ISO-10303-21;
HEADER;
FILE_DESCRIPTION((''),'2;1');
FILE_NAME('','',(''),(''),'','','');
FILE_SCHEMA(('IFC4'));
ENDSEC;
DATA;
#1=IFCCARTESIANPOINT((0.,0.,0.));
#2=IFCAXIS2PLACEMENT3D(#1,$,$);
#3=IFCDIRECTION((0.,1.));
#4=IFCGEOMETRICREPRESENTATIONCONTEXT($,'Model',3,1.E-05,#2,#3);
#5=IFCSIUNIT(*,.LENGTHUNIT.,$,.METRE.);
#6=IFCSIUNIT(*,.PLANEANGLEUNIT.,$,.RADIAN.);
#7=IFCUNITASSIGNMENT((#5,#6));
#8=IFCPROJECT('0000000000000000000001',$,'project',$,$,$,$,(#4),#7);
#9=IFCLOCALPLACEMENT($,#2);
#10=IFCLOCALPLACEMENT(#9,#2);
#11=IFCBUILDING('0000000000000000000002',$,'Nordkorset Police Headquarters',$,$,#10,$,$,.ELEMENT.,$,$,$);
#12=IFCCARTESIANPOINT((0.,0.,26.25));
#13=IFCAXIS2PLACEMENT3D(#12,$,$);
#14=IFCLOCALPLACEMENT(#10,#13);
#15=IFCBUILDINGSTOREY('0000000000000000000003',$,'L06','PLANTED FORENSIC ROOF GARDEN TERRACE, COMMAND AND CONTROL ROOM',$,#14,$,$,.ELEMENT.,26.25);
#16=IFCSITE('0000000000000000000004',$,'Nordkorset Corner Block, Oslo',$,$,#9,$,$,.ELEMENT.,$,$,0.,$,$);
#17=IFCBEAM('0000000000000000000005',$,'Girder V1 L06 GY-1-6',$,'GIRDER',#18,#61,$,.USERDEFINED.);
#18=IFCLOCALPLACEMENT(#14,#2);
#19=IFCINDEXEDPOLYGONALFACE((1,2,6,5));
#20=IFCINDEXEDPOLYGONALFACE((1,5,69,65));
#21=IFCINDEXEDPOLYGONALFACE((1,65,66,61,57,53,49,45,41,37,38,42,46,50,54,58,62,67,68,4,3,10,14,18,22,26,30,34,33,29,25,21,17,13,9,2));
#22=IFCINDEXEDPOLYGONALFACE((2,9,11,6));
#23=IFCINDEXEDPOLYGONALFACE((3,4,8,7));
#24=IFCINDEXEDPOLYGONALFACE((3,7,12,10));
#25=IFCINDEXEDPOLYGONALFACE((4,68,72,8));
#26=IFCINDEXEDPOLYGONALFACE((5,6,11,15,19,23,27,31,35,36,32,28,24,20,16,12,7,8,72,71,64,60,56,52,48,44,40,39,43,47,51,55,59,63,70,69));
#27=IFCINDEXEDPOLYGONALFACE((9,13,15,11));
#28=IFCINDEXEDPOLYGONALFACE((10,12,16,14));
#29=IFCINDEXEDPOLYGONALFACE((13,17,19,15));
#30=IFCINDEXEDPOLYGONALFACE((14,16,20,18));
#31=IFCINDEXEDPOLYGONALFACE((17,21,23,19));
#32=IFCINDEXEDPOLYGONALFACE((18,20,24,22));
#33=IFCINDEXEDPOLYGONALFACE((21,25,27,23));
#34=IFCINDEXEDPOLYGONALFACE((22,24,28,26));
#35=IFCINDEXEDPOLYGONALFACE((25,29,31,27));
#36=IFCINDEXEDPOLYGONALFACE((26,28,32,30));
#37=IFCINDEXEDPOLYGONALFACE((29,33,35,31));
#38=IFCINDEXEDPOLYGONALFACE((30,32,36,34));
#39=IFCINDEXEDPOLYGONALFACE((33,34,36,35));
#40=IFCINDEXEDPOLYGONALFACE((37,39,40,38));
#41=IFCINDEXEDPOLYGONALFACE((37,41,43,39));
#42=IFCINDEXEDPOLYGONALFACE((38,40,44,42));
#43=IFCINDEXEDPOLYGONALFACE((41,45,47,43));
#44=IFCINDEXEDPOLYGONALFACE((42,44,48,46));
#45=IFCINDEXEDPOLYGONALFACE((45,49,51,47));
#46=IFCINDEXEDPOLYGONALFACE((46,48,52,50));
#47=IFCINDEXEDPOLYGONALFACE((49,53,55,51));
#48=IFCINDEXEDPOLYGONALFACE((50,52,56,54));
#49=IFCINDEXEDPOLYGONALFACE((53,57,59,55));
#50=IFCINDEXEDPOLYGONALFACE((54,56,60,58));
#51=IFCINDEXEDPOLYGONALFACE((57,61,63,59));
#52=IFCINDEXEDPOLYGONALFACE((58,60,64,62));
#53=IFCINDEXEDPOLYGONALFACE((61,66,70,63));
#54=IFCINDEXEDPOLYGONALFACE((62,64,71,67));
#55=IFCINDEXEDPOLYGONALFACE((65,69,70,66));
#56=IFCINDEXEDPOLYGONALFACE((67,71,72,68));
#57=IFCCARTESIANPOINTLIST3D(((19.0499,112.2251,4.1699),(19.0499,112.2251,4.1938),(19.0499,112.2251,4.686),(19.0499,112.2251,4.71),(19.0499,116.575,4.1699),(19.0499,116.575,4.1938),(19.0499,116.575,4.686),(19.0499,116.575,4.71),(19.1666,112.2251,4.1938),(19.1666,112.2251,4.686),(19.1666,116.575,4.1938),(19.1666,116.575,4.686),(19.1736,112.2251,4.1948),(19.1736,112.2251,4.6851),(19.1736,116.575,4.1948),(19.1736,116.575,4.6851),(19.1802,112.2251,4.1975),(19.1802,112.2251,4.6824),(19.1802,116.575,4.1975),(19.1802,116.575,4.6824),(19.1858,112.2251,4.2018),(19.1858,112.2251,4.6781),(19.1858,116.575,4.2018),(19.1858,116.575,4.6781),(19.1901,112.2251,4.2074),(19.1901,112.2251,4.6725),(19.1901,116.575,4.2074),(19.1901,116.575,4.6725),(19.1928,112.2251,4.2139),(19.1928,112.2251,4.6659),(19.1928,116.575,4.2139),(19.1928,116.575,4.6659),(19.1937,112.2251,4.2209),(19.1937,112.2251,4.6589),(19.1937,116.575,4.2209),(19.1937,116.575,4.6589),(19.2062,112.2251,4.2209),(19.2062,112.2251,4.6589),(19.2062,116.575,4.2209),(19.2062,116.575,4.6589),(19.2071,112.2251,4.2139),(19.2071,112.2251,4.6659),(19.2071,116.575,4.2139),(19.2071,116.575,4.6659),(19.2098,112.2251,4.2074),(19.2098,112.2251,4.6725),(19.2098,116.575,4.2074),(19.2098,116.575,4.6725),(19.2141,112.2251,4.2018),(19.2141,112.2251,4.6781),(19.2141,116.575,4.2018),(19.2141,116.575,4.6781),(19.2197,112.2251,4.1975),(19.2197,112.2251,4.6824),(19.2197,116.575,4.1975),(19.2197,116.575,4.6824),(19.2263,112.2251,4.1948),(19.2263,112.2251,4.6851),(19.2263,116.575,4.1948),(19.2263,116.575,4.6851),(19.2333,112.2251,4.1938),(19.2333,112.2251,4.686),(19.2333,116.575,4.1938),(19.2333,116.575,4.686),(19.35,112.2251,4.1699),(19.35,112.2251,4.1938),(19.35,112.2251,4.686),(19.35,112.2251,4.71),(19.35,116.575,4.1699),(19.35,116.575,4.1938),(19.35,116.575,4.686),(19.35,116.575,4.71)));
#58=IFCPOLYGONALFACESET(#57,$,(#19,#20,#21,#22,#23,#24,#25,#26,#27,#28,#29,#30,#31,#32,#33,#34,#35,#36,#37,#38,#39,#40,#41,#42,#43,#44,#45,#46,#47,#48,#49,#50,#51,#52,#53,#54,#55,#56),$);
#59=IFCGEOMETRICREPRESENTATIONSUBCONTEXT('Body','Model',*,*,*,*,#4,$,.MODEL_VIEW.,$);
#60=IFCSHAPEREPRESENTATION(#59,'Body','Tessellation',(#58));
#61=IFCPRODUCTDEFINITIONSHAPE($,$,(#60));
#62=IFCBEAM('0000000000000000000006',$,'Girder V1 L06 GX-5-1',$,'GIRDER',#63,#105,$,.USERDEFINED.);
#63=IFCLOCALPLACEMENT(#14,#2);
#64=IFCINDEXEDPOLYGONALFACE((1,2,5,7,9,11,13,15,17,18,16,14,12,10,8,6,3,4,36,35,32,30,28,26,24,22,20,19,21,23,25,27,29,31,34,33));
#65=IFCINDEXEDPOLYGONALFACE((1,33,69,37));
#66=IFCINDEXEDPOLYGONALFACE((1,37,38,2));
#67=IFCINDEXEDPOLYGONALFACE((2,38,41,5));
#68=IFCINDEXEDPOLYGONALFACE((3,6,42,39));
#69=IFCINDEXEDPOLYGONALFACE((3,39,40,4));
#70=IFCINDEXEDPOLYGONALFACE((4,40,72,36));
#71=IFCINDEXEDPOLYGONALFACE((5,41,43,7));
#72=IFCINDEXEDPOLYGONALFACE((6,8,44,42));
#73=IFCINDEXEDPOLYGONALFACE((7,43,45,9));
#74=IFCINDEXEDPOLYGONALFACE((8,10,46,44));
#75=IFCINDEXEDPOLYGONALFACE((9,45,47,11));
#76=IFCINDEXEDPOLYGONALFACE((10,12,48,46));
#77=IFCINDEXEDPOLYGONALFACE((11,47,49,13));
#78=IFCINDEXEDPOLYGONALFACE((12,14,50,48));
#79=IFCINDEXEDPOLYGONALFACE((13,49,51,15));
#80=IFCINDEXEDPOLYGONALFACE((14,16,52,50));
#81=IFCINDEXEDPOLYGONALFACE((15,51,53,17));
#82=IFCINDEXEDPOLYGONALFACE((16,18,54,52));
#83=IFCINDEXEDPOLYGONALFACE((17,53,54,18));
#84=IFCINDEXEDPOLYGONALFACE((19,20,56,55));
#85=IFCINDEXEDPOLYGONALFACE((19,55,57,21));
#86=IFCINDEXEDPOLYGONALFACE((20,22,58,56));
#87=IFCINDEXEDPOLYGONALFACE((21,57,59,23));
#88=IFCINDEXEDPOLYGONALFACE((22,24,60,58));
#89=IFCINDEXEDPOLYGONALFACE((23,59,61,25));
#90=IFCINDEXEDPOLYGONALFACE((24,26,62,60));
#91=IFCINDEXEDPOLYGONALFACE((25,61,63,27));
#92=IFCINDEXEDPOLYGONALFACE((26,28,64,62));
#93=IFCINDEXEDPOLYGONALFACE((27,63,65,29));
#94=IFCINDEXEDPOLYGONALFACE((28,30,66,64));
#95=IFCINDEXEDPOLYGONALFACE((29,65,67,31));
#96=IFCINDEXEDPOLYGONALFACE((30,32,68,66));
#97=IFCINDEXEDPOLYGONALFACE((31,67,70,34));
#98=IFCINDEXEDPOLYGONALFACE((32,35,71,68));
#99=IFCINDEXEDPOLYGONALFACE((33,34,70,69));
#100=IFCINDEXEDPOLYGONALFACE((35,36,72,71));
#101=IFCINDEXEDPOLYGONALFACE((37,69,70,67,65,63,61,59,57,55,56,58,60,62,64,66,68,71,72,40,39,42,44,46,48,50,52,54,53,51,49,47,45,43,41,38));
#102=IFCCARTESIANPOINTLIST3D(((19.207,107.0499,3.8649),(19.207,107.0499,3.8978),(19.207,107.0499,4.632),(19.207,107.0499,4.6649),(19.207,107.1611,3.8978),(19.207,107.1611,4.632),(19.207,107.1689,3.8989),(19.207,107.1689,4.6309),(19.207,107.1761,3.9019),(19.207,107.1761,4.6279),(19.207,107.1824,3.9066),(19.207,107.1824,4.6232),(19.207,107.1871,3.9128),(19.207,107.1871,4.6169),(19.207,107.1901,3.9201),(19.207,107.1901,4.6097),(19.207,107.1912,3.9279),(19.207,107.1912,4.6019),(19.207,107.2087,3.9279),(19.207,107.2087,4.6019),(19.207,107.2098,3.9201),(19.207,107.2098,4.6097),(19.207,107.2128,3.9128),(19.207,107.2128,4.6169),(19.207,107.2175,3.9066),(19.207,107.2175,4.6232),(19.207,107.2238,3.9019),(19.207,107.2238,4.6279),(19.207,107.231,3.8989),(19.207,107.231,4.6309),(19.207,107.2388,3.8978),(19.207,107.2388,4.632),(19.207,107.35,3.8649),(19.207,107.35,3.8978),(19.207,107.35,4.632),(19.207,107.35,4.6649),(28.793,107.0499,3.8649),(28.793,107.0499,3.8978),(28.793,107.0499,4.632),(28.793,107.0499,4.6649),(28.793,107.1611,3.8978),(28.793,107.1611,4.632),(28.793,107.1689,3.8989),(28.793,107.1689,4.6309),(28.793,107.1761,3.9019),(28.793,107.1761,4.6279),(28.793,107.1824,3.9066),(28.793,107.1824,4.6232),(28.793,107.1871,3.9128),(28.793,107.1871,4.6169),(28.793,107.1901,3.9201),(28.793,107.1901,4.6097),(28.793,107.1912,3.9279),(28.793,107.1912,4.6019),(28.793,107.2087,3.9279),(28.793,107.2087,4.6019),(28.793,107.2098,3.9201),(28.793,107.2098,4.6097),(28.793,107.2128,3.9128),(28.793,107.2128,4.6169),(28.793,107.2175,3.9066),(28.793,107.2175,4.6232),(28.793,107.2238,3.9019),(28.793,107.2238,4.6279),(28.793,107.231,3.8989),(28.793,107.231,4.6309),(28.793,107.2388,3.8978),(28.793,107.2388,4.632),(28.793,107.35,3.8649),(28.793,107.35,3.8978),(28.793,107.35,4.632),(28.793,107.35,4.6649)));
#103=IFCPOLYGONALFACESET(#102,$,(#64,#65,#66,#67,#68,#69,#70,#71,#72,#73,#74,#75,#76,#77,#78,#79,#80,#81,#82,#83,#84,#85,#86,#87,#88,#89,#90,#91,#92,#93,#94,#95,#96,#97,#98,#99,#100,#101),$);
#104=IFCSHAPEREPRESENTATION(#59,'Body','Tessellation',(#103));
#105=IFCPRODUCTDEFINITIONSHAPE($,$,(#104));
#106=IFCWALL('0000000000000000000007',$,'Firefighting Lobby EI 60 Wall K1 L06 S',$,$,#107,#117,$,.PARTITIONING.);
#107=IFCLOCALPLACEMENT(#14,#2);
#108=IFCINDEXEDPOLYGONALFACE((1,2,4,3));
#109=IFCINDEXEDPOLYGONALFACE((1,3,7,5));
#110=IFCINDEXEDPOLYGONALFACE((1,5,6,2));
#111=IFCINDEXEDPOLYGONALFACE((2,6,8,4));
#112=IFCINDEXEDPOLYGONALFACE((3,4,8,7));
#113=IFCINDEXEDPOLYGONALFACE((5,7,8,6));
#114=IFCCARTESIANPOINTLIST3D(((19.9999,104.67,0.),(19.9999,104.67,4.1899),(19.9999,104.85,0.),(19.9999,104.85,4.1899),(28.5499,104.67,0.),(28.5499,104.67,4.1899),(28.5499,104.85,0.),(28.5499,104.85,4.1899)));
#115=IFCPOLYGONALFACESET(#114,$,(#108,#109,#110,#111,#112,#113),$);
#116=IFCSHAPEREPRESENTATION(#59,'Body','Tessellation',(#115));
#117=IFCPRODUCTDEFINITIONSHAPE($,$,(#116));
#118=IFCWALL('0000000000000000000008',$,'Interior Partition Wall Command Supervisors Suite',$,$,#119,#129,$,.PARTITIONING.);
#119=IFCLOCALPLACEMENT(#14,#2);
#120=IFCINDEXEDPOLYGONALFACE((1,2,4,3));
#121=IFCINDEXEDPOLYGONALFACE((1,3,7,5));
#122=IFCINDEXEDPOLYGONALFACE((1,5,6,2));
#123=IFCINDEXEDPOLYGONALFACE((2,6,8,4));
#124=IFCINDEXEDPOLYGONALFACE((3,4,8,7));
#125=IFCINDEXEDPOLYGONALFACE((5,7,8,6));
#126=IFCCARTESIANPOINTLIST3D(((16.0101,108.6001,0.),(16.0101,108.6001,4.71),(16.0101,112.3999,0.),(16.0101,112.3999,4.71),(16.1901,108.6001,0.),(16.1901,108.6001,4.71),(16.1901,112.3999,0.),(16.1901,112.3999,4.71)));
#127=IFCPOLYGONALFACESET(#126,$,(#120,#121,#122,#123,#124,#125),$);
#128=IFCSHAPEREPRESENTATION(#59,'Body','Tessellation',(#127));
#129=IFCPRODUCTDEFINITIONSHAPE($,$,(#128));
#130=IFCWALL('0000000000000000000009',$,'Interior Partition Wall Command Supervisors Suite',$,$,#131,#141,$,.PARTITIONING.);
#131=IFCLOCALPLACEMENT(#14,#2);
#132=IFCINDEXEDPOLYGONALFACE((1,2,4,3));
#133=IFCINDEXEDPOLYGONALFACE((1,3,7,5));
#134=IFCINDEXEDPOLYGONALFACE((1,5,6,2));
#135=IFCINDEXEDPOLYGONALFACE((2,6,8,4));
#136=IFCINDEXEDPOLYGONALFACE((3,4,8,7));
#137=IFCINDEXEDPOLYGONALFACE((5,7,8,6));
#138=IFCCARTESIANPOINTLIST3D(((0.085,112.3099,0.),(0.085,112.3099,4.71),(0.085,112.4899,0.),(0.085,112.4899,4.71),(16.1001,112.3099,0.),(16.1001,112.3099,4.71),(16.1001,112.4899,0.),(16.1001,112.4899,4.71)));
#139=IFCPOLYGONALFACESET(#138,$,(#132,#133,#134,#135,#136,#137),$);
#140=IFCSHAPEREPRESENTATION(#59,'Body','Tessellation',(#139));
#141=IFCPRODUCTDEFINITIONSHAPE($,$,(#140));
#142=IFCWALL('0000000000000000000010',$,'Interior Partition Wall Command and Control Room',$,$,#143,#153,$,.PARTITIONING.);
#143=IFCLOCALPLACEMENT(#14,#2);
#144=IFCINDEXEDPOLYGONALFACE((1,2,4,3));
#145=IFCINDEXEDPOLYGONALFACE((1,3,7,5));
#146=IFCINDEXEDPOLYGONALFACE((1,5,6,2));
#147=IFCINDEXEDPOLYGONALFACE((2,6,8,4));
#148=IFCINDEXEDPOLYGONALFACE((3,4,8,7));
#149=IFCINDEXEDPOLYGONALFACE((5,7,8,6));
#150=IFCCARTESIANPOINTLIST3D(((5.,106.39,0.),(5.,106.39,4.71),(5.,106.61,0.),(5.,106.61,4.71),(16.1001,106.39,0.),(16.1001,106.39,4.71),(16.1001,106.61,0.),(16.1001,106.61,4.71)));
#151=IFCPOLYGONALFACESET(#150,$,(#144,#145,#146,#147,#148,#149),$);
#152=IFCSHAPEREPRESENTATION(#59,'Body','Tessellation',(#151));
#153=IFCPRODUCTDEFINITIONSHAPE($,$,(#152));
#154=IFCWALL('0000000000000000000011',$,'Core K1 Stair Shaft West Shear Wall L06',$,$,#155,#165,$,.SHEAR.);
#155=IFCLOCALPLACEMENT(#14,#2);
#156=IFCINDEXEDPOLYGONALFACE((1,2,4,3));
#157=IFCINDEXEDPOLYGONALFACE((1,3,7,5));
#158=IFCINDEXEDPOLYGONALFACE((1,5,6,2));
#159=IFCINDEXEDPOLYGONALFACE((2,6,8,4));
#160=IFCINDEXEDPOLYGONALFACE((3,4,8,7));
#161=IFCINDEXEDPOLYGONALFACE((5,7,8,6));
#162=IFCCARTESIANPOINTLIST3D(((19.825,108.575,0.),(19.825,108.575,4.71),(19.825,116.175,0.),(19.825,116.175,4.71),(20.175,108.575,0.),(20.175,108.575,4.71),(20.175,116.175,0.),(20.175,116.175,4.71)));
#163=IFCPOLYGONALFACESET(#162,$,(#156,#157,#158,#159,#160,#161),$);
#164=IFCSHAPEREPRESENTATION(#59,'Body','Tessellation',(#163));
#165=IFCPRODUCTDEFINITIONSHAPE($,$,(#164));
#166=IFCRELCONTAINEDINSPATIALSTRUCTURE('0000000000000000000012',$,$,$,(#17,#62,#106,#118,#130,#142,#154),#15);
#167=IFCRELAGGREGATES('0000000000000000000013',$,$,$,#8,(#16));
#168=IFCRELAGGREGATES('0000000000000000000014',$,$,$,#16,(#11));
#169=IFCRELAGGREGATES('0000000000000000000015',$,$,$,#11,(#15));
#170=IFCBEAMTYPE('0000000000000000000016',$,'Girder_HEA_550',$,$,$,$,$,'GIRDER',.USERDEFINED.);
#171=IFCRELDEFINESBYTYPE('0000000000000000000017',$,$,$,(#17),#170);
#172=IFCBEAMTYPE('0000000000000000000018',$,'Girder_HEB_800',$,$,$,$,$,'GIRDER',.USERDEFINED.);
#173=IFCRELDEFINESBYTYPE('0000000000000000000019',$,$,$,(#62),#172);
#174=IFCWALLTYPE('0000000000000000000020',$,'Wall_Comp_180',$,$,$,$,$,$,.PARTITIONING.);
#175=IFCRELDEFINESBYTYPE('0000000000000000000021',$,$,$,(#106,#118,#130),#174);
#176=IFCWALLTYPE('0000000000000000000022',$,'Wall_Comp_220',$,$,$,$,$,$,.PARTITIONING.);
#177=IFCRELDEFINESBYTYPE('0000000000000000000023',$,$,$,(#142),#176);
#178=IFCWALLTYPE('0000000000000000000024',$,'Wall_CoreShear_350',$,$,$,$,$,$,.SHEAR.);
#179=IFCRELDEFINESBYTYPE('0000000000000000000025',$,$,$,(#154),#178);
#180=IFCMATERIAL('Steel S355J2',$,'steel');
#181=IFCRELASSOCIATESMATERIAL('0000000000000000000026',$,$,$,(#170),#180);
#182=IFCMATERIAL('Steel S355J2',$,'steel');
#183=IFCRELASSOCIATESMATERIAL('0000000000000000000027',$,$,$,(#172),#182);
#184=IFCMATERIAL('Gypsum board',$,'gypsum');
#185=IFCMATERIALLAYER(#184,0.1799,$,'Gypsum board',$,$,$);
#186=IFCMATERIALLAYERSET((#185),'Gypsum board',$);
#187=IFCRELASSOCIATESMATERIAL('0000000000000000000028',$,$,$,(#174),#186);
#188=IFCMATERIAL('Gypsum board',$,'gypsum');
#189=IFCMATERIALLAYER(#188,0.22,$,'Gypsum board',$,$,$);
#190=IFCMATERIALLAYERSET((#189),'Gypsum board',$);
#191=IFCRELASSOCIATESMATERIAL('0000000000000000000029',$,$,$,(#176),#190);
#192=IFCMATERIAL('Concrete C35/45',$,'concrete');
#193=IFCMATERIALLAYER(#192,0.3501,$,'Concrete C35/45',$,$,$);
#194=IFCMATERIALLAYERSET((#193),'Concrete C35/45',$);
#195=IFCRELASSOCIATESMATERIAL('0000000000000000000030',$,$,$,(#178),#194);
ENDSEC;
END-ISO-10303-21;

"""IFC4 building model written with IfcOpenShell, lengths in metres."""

from ifc_helpers import new_model, si_unit, direction, frame, frame_2d, origin, origin_2d, place, context, subcontext, project, spatial, rectangle, i_section, extrude, material, layer, layer_set, material_profile, profile_set, type_object, element, save


model = new_model("IFC4")

# Units and contexts
model_context = context("Model", 3, precision=1e-05, world=origin(), true_north=direction((0.0, 1.0)))
body_context = subcontext(model_context, "Body", "Model", "MODEL_VIEW")
ifc_project = project(units=[si_unit("LENGTHUNIT", "METRE"), si_unit("PLANEANGLEUNIT", "RADIAN")], contexts=[model_context])

# Site, building, storey
site_placement = place(None, origin())
site = spatial("IfcSite", under=ifc_project, at=site_placement, Name="Nordkorset Corner Block, Oslo", CompositionType="ELEMENT", RefElevation=0.0)
building_placement = place(site_placement, origin())
building = spatial("IfcBuilding", under=site, at=building_placement, Name="Nordkorset Police Headquarters", CompositionType="ELEMENT")
storey_placement = place(building_placement, frame((0.0, 0.0, 26.25)))
storey = spatial("IfcBuildingStorey", under=building, at=storey_placement, Name="L06", Description="PLANTED FORENSIC ROOF GARDEN TERRACE, COMMAND AND CONTROL ROOM", CompositionType="ELEMENT", Elevation=26.25)

# Beams
ifc_material_1 = material(Name="Steel S355J2", Category="steel")
ifc_material_profile_1 = material_profile(ifc_material_1, i_section(OverallWidth=0.3, OverallDepth=0.54, WebThickness=0.0125, FlangeThickness=0.0239, FilletRadius=0.0271, at=origin_2d()), Name="HEA 550")
ifc_profile_set_1 = profile_set([ifc_material_profile_1], Name="Steel S355J2")
beam_type_1 = type_object("IfcBeamType", Name="Girder_HEA_550", ElementType="GIRDER", PredefinedType="USERDEFINED", material=ifc_profile_set_1)
for number, where, z_axis, x_axis, name in (
    (1, (19.2, 112.2251, 4.4399), (0.0, 1.0, 0.0), (-1.0, 0.0, 0.0), "Girder V1 L06 GY-1-6"),
):
    element("IfcBeam", number, at=place(storey_placement, frame(where, z_axis=z_axis, x_axis=x_axis)), inside=storey, type_object=beam_type_1, Name=name, ObjectType="GIRDER", PredefinedType="USERDEFINED", context=body_context, shape_type="SweptSolid", body=[
        extrude(i_section(OverallWidth=0.3, OverallDepth=0.54, WebThickness=0.0125, FlangeThickness=0.0239, FilletRadius=0.0271, at=origin_2d()), origin(), (0.0, 0.0, 1.0), 4.3499),
    ])
ifc_material_2 = material(Name="Steel S355J2", Category="steel")
ifc_material_profile_2 = material_profile(ifc_material_2, i_section(OverallWidth=0.3, OverallDepth=0.8, WebThickness=0.0176, FlangeThickness=0.033, FilletRadius=0.03, at=origin_2d()), Name="HEB 800")
ifc_profile_set_2 = profile_set([ifc_material_profile_2], Name="Steel S355J2")
beam_type_2 = type_object("IfcBeamType", Name="Girder_HEB_800", ElementType="GIRDER", PredefinedType="USERDEFINED", material=ifc_profile_set_2)
beam_1_placement = place(storey_placement, frame((19.207, 107.2, 4.2649), z_axis=(1.0, 0.0, 0.0), x_axis=(0.0, 1.0, 0.0)))
element("IfcBeam", 2, at=beam_1_placement, inside=storey, type_object=beam_type_2, Name="Girder V1 L06 GX-5-1", ObjectType="GIRDER", PredefinedType="USERDEFINED", context=body_context, shape_type="SweptSolid", body=[
    extrude(i_section(OverallWidth=0.3, OverallDepth=0.8, WebThickness=0.0176, FlangeThickness=0.033, FilletRadius=0.03, at=origin_2d()), origin(), (0.0, 0.0, 1.0), 9.5859),
])

# Wall
ifc_material_3 = material(Name="Gypsum board", Category="gypsum")
ifc_layer_1 = layer(ifc_material_3, 0.1799, Name="Gypsum board")
ifc_layer_set_1 = layer_set([ifc_layer_1], Name="Gypsum board")
wall_type_1 = type_object("IfcWallType", Name="Wall_Comp_180", PredefinedType="PARTITIONING", material=ifc_layer_set_1)
wall_1_placement = place(storey_placement, frame((20.0, 104.76, 0.0), z_axis=(0.0, 0.0, 1.0), x_axis=(1.0, 0.0, 0.0)))
element("IfcWall", 3, at=wall_1_placement, inside=storey, type_object=wall_type_1, Name="Firefighting Lobby EI 60 Wall K1 L06 S", PredefinedType="PARTITIONING", context=body_context, shape_type="SweptSolid", body=[
    extrude(rectangle(XDim=8.55, YDim=0.1799, at=frame_2d((4.2749, 0.0))), origin(), (0.0, 0.0, 1.0), 4.1899),
])

# Walls
wall_2_placement = place(storey_placement, frame((16.1001, 108.6001, 0.0), z_axis=(0.0, 0.0, 1.0), x_axis=(0.0, 1.0, 0.0)))
element("IfcWall", 4, at=wall_2_placement, inside=storey, type_object=wall_type_1, Name="Interior Partition Wall Command Supervisors Suite", PredefinedType="PARTITIONING", context=body_context, shape_type="SweptSolid", body=[
    extrude(rectangle(XDim=3.7998, YDim=0.1799, at=frame_2d((1.8999, 0.0))), origin(), (0.0, 0.0, 1.0), 4.71),
])
wall_3_placement = place(storey_placement, frame((16.1001, 112.3999, 0.0), z_axis=(0.0, 0.0, 1.0), x_axis=(-1.0, 0.0, 0.0)))
element("IfcWall", 5, at=wall_3_placement, inside=storey, type_object=wall_type_1, Name="Interior Partition Wall Command Supervisors Suite", PredefinedType="PARTITIONING", context=body_context, shape_type="SweptSolid", body=[
    extrude(rectangle(XDim=16.0151, YDim=0.1799, at=frame_2d((8.0076, 0.0))), origin(), (0.0, 0.0, 1.0), 4.71),
])
ifc_material_4 = material(Name="Gypsum board", Category="gypsum")
ifc_layer_2 = layer(ifc_material_4, 0.22, Name="Gypsum board")
ifc_layer_set_2 = layer_set([ifc_layer_2], Name="Gypsum board")
wall_type_2 = type_object("IfcWallType", Name="Wall_Comp_220", PredefinedType="PARTITIONING", material=ifc_layer_set_2)
wall_4_placement = place(storey_placement, frame((16.1001, 106.5, 0.0), z_axis=(0.0, 0.0, 1.0), x_axis=(-1.0, 0.0, 0.0)))
element("IfcWall", 6, at=wall_4_placement, inside=storey, type_object=wall_type_2, Name="Interior Partition Wall Command and Control Room", PredefinedType="PARTITIONING", context=body_context, shape_type="SweptSolid", body=[
    extrude(rectangle(XDim=11.1001, YDim=0.22, at=frame_2d((5.55, 0.0))), origin(), (0.0, 0.0, 1.0), 4.71),
])

# Shared definitions
ifc_material_5 = material(Name="Concrete C35/45", Category="concrete")
ifc_layer_3 = layer(ifc_material_5, 0.3501, Name="Concrete C35/45")
ifc_layer_set_3 = layer_set([ifc_layer_3], Name="Concrete C35/45")
wall_type_3 = type_object("IfcWallType", Name="Wall_CoreShear_350", PredefinedType="SHEAR", material=ifc_layer_set_3)

# Wall
wall_5_placement = place(storey_placement, frame((20.0, 108.575, 0.0), z_axis=(0.0, 0.0, 1.0), x_axis=(0.0, 1.0, 0.0)))
element("IfcWall", 7, at=wall_5_placement, inside=storey, type_object=wall_type_3, Name="Core K1 Stair Shaft West Shear Wall L06", PredefinedType="SHEAR", context=body_context, shape_type="SweptSolid", body=[
    extrude(rectangle(XDim=7.6001, YDim=0.3501, at=frame_2d((3.8, 0.0))), origin(), (0.0, 0.0, 1.0), 4.71),
])

save(model, "model.ifc")
